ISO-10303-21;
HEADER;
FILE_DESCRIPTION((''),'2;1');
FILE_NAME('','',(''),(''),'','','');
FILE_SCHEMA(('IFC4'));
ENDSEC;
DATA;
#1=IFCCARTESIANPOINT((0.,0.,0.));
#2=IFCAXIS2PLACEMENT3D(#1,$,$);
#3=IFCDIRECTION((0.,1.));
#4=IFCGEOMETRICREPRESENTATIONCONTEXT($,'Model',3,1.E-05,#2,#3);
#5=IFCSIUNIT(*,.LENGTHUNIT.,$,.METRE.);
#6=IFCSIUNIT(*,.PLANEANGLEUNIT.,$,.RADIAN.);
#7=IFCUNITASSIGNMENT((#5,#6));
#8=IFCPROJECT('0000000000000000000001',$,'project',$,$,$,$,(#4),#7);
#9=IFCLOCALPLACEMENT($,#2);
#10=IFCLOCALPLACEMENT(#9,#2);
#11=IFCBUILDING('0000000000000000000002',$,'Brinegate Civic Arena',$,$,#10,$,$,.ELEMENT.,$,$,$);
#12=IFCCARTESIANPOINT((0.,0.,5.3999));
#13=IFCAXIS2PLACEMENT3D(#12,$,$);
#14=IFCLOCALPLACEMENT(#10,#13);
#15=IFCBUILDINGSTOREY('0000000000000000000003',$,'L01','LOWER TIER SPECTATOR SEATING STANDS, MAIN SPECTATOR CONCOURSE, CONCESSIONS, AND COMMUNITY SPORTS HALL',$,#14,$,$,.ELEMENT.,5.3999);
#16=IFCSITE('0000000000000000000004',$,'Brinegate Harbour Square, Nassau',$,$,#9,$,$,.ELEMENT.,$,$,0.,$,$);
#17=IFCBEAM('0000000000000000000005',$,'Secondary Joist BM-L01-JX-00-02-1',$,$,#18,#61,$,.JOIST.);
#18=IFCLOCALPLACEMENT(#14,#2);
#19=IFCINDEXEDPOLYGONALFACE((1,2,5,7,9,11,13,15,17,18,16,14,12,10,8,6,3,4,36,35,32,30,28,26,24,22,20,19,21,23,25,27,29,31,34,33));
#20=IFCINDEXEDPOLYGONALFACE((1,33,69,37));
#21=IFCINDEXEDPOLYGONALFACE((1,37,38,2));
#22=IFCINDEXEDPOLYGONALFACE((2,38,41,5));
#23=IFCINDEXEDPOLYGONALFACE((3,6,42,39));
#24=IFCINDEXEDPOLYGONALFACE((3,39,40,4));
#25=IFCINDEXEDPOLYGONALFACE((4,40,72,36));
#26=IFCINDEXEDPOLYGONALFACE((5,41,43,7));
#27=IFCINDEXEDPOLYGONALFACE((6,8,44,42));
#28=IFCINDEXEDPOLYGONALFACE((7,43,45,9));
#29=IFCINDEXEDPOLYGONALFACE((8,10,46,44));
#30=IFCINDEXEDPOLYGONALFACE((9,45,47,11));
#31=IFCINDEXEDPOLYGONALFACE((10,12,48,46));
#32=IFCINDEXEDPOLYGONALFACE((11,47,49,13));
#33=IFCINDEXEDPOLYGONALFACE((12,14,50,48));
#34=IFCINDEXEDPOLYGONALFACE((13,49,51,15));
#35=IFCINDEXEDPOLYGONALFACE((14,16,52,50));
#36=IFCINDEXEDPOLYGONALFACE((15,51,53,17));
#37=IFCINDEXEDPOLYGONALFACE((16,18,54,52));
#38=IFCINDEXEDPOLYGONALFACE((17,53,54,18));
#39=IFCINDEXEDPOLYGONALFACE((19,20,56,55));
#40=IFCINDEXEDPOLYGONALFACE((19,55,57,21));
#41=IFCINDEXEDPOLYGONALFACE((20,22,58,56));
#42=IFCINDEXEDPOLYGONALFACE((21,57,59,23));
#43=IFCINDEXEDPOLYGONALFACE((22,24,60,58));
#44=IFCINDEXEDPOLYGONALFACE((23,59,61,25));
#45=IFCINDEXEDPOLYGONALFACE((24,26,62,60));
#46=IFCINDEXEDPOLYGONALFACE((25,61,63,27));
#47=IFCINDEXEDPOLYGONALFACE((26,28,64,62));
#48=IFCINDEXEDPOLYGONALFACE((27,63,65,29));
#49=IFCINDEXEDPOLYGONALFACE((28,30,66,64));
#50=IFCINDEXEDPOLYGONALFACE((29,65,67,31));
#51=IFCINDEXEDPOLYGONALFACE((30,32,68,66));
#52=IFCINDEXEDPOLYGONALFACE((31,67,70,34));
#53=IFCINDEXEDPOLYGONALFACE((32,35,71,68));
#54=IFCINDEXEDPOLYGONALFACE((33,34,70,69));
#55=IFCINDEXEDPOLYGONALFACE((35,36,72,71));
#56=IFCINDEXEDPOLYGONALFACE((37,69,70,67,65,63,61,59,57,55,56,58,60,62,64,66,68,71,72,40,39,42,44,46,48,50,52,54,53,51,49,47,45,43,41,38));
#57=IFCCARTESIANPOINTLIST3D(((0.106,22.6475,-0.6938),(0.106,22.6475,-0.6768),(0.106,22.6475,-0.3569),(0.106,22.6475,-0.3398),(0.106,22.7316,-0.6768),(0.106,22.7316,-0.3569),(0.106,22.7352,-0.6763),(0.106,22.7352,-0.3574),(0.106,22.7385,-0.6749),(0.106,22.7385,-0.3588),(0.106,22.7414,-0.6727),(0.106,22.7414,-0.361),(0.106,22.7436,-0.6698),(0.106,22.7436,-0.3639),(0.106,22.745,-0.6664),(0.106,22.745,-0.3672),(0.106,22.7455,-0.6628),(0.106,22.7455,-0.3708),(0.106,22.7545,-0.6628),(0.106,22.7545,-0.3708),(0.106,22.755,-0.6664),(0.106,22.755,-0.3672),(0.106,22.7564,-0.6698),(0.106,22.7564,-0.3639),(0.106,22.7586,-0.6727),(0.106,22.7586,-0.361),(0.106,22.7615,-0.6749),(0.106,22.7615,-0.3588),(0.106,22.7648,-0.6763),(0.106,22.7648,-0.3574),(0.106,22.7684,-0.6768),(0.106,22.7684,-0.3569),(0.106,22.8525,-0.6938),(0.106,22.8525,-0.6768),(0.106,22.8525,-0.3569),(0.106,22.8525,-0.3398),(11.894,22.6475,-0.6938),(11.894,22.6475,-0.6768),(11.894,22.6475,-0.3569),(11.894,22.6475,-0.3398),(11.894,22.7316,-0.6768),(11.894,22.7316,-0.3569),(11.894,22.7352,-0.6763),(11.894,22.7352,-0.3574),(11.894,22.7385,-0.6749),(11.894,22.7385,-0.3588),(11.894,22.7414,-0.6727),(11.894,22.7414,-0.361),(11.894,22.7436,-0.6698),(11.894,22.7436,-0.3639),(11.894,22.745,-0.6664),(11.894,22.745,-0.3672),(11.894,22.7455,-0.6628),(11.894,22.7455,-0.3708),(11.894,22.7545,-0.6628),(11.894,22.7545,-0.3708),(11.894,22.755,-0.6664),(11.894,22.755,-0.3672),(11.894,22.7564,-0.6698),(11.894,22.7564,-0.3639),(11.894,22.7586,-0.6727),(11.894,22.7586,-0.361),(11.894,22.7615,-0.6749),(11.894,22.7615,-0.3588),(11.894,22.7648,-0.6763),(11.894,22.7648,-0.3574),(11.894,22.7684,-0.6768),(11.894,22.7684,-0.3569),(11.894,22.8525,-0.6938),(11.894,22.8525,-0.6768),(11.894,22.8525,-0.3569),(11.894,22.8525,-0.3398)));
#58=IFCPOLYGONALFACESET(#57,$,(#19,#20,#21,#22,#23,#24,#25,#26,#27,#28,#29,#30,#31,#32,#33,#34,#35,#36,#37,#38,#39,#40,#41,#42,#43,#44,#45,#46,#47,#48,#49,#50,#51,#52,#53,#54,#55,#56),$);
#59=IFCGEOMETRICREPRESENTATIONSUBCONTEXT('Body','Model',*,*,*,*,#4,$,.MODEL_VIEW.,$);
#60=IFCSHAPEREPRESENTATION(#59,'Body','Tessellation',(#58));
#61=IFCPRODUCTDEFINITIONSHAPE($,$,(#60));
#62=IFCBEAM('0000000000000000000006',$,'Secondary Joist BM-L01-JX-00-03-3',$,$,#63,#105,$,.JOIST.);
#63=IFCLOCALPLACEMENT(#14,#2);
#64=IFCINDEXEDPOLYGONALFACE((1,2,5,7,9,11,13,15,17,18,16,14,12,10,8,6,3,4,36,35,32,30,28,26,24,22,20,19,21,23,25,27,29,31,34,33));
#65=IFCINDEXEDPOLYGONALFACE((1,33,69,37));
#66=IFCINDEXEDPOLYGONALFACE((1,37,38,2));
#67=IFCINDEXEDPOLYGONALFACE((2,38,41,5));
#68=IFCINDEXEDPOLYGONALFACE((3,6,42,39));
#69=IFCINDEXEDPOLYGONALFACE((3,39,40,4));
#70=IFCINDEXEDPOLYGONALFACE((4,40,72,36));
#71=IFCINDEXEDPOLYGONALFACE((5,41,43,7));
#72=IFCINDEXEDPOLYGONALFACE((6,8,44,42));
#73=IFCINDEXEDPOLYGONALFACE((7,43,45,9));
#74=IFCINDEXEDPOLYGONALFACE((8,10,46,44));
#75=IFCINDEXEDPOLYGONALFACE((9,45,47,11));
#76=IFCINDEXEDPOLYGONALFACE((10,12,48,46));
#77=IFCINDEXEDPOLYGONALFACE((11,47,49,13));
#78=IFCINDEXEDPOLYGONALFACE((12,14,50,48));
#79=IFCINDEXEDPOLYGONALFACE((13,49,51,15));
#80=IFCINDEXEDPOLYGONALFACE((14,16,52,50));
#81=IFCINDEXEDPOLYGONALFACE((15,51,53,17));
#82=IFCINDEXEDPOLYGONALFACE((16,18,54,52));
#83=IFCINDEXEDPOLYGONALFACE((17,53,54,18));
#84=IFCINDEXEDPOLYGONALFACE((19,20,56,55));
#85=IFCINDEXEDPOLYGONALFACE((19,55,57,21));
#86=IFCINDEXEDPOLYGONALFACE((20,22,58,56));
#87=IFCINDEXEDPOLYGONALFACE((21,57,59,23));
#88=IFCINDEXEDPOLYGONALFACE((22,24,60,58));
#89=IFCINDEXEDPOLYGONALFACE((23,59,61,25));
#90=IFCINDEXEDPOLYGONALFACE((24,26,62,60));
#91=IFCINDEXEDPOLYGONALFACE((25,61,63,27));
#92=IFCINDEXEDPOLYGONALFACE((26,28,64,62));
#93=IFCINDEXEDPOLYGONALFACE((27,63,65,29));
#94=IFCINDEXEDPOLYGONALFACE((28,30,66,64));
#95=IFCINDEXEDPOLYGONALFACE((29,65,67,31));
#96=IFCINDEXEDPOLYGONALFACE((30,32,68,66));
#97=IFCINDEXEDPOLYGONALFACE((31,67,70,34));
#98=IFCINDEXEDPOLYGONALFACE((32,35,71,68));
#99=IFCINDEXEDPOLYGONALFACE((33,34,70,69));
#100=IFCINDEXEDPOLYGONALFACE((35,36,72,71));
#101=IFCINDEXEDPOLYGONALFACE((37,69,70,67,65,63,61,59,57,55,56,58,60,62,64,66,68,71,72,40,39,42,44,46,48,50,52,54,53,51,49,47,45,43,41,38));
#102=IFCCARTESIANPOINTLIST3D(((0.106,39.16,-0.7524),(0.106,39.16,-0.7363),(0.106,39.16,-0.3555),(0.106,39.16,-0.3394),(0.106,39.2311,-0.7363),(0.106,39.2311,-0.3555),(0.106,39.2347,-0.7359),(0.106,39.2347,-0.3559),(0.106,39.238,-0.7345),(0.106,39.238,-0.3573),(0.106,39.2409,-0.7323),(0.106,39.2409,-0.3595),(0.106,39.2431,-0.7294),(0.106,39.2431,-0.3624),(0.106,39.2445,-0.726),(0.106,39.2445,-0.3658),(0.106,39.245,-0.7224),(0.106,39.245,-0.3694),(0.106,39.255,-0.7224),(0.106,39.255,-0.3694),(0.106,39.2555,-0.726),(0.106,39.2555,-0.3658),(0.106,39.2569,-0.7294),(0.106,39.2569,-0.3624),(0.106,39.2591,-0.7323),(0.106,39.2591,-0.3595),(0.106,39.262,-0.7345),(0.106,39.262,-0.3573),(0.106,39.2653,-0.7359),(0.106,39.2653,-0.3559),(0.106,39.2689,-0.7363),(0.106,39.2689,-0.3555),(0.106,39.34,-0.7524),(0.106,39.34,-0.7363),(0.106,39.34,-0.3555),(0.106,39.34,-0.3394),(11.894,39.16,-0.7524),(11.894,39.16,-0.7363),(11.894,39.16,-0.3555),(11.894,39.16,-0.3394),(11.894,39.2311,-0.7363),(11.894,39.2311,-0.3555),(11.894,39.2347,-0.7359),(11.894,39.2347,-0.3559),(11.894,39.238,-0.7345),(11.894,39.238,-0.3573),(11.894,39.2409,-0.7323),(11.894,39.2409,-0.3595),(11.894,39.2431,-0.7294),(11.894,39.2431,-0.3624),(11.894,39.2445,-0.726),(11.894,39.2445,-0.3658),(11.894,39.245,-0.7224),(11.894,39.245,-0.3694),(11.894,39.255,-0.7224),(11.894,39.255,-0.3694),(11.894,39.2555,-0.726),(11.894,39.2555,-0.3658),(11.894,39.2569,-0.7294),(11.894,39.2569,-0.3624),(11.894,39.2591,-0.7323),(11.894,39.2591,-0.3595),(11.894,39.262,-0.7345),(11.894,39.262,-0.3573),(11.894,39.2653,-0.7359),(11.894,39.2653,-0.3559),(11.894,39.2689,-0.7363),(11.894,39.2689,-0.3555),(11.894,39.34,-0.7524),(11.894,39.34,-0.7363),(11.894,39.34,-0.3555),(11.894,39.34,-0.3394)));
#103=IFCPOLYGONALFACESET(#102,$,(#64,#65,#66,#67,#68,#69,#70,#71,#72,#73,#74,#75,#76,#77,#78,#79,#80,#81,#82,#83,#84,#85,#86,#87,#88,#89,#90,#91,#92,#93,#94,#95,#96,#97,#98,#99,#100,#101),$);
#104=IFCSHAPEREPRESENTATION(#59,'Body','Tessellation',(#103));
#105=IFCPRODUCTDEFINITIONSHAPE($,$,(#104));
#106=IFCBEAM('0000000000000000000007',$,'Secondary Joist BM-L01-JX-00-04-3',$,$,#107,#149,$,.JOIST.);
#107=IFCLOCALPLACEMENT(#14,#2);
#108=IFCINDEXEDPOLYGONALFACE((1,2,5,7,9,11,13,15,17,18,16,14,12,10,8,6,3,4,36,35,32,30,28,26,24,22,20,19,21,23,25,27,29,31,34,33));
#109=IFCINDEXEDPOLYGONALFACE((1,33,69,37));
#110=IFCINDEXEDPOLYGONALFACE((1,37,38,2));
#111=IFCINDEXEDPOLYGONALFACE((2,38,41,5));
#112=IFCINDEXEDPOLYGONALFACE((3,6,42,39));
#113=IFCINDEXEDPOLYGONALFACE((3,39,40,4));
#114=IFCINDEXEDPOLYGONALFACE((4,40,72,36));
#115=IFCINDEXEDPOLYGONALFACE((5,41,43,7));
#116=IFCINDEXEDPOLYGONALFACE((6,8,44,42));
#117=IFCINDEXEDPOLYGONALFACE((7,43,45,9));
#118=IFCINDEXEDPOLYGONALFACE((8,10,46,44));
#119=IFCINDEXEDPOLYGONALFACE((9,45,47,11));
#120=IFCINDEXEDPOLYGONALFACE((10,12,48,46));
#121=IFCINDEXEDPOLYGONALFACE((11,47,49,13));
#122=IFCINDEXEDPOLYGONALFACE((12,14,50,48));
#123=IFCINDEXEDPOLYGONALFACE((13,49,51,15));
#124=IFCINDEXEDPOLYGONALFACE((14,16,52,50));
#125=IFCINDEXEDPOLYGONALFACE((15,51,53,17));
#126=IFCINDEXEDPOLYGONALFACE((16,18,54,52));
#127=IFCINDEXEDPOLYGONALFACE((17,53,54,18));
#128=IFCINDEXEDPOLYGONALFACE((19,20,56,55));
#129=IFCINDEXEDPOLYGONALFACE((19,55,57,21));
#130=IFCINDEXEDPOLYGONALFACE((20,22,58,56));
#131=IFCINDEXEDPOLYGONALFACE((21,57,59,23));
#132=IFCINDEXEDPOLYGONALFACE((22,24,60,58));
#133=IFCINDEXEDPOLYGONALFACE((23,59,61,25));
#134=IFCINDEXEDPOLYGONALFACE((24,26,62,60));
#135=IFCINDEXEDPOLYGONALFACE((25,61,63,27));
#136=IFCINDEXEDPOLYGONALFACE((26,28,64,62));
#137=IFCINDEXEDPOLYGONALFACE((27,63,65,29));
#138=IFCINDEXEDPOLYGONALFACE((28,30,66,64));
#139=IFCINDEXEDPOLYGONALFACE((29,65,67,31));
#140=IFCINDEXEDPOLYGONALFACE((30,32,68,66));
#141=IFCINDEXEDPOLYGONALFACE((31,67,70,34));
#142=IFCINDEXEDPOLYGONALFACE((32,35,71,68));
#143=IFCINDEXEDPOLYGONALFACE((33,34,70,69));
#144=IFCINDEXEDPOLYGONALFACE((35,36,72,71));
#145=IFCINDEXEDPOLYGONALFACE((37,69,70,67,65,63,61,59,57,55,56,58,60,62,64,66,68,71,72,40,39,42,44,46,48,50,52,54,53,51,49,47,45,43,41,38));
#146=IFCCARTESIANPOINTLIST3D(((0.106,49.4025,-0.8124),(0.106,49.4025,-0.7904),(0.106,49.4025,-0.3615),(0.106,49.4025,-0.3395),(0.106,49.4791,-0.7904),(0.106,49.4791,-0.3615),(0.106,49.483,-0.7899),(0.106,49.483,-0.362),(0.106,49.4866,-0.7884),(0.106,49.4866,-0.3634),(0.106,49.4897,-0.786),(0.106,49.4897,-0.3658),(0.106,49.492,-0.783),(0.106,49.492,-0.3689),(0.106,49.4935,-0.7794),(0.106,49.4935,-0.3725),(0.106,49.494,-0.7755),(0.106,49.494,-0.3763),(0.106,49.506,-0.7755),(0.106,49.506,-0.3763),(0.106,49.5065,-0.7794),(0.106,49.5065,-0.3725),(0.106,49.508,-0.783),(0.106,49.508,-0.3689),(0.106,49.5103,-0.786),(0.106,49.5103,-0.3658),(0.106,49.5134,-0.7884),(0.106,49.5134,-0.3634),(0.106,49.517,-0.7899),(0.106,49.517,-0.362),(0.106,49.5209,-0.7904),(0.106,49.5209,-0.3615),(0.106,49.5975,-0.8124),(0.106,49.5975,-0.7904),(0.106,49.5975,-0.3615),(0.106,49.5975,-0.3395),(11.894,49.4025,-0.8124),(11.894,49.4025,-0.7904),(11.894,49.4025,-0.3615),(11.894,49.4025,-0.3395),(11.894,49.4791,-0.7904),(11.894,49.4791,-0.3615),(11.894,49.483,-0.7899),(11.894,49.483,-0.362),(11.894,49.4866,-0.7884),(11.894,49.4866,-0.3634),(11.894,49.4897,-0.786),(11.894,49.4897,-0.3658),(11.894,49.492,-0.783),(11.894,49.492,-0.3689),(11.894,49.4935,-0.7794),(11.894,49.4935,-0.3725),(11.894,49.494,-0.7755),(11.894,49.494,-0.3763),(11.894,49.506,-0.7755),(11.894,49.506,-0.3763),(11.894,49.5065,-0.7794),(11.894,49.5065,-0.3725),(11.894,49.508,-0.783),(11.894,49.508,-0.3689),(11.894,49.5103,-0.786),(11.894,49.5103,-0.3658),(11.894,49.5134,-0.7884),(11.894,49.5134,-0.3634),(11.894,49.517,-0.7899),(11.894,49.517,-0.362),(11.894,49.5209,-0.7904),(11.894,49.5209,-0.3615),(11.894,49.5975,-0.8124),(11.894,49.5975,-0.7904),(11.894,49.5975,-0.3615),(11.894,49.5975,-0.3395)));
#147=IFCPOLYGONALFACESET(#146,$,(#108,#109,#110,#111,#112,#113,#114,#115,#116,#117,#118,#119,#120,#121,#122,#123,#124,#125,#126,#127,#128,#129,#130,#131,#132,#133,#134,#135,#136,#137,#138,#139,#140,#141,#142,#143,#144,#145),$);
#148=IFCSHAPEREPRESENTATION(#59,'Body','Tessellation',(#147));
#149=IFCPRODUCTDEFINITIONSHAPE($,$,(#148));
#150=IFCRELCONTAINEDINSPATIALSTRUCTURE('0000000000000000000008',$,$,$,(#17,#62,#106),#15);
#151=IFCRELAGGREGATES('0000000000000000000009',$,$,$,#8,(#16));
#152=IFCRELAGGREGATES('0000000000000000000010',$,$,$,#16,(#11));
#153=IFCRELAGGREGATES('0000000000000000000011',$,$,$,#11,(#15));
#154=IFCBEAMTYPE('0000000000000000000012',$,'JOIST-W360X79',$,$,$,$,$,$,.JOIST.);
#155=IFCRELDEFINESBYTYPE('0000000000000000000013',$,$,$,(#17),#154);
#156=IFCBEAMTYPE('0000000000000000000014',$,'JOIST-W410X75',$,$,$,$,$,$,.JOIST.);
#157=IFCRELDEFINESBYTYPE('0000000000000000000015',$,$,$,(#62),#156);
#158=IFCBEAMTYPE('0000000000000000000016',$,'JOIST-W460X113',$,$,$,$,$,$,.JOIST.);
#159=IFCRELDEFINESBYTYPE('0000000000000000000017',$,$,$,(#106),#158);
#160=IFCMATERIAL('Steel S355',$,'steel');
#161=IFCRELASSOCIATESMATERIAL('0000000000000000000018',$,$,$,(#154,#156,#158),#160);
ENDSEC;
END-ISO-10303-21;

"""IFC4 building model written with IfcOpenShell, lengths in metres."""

from ifc_helpers import new_model, si_unit, direction, frame, origin, origin_2d, place, context, subcontext, project, spatial, i_section, extrude, material, material_profile, profile_set, type_object, element, save


model = new_model("IFC4")

# Units and contexts
model_context = context("Model", 3, precision=1e-05, world=origin(), true_north=direction((0.0, 1.0)))
body_context = subcontext(model_context, "Body", "Model", "MODEL_VIEW")
ifc_project = project(units=[si_unit("LENGTHUNIT", "METRE"), si_unit("PLANEANGLEUNIT", "RADIAN")], contexts=[model_context])

# Site, building, storey
site_placement = place(None, origin())
site = spatial("IfcSite", under=ifc_project, at=site_placement, Name="Brinegate Harbour Square, Nassau", CompositionType="ELEMENT", RefElevation=0.0)
building_placement = place(site_placement, origin())
building = spatial("IfcBuilding", under=site, at=building_placement, Name="Brinegate Civic Arena", CompositionType="ELEMENT")
storey_placement = place(building_placement, frame((0.0, 0.0, 5.3999)))
storey = spatial("IfcBuildingStorey", under=building, at=storey_placement, Name="L01", Description="LOWER TIER SPECTATOR SEATING STANDS, MAIN SPECTATOR CONCOURSE, CONCESSIONS, AND COMMUNITY SPORTS HALL", CompositionType="ELEMENT", Elevation=5.3999)

# Beams
ifc_material_1 = material(Name="Steel S355", Category="steel")
ifc_material_profile_1 = material_profile(ifc_material_1, i_section(OverallWidth=0.2051, OverallDepth=0.354, WebThickness=0.009, FlangeThickness=0.0171, FilletRadius=0.0139, at=origin_2d()), Name="W360X79")
ifc_profile_set_1 = profile_set([ifc_material_profile_1], Name="Steel S355")
beam_type_1 = type_object("IfcBeamType", Name="JOIST-W360X79", PredefinedType="JOIST", material=ifc_profile_set_1)
beam_1_placement = place(storey_placement, frame((0.106, 22.75, -0.5168), z_axis=(1.0, 0.0, 0.0), x_axis=(0.0, 1.0, 0.0)))
element("IfcBeam", 1, at=beam_1_placement, inside=storey, type_object=beam_type_1, Name="Secondary Joist BM-L01-JX-00-02-1", PredefinedType="JOIST", context=body_context, shape_type="SweptSolid", body=[
    extrude(i_section(OverallWidth=0.2051, OverallDepth=0.354, WebThickness=0.009, FlangeThickness=0.0171, FilletRadius=0.0139, at=origin_2d()), origin(), (0.0, 0.0, 1.0), 11.7881),
])
ifc_material_profile_2 = material_profile(ifc_material_1, i_section(OverallWidth=0.1799, OverallDepth=0.4131, WebThickness=0.01, FlangeThickness=0.0161, FilletRadius=0.0139, at=origin_2d()), Name="W410X75")
ifc_profile_set_2 = profile_set([ifc_material_profile_2], Name="Steel S355")
beam_type_2 = type_object("IfcBeamType", Name="JOIST-W410X75", PredefinedType="JOIST", material=ifc_profile_set_2)
beam_2_placement = place(storey_placement, frame((0.106, 39.25, -0.5459), z_axis=(1.0, 0.0, 0.0), x_axis=(0.0, 1.0, 0.0)))
element("IfcBeam", 2, at=beam_2_placement, inside=storey, type_object=beam_type_2, Name="Secondary Joist BM-L01-JX-00-03-3", PredefinedType="JOIST", context=body_context, shape_type="SweptSolid", body=[
    extrude(i_section(OverallWidth=0.1799, OverallDepth=0.4131, WebThickness=0.01, FlangeThickness=0.0161, FilletRadius=0.0139, at=origin_2d()), origin(), (0.0, 0.0, 1.0), 11.7881),
])
ifc_material_profile_3 = material_profile(ifc_material_1, i_section(OverallWidth=0.1951, OverallDepth=0.4729, WebThickness=0.012, FlangeThickness=0.022, FilletRadius=0.0149, at=origin_2d()), Name="W460X113")
ifc_profile_set_3 = profile_set([ifc_material_profile_3], Name="Steel S355")
beam_type_3 = type_object("IfcBeamType", Name="JOIST-W460X113", PredefinedType="JOIST", material=ifc_profile_set_3)
beam_3_placement = place(storey_placement, frame((0.106, 49.5, -0.5759), z_axis=(1.0, 0.0, 0.0), x_axis=(0.0, 1.0, 0.0)))
element("IfcBeam", 3, at=beam_3_placement, inside=storey, type_object=beam_type_3, Name="Secondary Joist BM-L01-JX-00-04-3", PredefinedType="JOIST", context=body_context, shape_type="SweptSolid", body=[
    extrude(i_section(OverallWidth=0.1951, OverallDepth=0.4729, WebThickness=0.012, FlangeThickness=0.022, FilletRadius=0.0149, at=origin_2d()), origin(), (0.0, 0.0, 1.0), 11.7881),
])

save(model, "model.ifc")
